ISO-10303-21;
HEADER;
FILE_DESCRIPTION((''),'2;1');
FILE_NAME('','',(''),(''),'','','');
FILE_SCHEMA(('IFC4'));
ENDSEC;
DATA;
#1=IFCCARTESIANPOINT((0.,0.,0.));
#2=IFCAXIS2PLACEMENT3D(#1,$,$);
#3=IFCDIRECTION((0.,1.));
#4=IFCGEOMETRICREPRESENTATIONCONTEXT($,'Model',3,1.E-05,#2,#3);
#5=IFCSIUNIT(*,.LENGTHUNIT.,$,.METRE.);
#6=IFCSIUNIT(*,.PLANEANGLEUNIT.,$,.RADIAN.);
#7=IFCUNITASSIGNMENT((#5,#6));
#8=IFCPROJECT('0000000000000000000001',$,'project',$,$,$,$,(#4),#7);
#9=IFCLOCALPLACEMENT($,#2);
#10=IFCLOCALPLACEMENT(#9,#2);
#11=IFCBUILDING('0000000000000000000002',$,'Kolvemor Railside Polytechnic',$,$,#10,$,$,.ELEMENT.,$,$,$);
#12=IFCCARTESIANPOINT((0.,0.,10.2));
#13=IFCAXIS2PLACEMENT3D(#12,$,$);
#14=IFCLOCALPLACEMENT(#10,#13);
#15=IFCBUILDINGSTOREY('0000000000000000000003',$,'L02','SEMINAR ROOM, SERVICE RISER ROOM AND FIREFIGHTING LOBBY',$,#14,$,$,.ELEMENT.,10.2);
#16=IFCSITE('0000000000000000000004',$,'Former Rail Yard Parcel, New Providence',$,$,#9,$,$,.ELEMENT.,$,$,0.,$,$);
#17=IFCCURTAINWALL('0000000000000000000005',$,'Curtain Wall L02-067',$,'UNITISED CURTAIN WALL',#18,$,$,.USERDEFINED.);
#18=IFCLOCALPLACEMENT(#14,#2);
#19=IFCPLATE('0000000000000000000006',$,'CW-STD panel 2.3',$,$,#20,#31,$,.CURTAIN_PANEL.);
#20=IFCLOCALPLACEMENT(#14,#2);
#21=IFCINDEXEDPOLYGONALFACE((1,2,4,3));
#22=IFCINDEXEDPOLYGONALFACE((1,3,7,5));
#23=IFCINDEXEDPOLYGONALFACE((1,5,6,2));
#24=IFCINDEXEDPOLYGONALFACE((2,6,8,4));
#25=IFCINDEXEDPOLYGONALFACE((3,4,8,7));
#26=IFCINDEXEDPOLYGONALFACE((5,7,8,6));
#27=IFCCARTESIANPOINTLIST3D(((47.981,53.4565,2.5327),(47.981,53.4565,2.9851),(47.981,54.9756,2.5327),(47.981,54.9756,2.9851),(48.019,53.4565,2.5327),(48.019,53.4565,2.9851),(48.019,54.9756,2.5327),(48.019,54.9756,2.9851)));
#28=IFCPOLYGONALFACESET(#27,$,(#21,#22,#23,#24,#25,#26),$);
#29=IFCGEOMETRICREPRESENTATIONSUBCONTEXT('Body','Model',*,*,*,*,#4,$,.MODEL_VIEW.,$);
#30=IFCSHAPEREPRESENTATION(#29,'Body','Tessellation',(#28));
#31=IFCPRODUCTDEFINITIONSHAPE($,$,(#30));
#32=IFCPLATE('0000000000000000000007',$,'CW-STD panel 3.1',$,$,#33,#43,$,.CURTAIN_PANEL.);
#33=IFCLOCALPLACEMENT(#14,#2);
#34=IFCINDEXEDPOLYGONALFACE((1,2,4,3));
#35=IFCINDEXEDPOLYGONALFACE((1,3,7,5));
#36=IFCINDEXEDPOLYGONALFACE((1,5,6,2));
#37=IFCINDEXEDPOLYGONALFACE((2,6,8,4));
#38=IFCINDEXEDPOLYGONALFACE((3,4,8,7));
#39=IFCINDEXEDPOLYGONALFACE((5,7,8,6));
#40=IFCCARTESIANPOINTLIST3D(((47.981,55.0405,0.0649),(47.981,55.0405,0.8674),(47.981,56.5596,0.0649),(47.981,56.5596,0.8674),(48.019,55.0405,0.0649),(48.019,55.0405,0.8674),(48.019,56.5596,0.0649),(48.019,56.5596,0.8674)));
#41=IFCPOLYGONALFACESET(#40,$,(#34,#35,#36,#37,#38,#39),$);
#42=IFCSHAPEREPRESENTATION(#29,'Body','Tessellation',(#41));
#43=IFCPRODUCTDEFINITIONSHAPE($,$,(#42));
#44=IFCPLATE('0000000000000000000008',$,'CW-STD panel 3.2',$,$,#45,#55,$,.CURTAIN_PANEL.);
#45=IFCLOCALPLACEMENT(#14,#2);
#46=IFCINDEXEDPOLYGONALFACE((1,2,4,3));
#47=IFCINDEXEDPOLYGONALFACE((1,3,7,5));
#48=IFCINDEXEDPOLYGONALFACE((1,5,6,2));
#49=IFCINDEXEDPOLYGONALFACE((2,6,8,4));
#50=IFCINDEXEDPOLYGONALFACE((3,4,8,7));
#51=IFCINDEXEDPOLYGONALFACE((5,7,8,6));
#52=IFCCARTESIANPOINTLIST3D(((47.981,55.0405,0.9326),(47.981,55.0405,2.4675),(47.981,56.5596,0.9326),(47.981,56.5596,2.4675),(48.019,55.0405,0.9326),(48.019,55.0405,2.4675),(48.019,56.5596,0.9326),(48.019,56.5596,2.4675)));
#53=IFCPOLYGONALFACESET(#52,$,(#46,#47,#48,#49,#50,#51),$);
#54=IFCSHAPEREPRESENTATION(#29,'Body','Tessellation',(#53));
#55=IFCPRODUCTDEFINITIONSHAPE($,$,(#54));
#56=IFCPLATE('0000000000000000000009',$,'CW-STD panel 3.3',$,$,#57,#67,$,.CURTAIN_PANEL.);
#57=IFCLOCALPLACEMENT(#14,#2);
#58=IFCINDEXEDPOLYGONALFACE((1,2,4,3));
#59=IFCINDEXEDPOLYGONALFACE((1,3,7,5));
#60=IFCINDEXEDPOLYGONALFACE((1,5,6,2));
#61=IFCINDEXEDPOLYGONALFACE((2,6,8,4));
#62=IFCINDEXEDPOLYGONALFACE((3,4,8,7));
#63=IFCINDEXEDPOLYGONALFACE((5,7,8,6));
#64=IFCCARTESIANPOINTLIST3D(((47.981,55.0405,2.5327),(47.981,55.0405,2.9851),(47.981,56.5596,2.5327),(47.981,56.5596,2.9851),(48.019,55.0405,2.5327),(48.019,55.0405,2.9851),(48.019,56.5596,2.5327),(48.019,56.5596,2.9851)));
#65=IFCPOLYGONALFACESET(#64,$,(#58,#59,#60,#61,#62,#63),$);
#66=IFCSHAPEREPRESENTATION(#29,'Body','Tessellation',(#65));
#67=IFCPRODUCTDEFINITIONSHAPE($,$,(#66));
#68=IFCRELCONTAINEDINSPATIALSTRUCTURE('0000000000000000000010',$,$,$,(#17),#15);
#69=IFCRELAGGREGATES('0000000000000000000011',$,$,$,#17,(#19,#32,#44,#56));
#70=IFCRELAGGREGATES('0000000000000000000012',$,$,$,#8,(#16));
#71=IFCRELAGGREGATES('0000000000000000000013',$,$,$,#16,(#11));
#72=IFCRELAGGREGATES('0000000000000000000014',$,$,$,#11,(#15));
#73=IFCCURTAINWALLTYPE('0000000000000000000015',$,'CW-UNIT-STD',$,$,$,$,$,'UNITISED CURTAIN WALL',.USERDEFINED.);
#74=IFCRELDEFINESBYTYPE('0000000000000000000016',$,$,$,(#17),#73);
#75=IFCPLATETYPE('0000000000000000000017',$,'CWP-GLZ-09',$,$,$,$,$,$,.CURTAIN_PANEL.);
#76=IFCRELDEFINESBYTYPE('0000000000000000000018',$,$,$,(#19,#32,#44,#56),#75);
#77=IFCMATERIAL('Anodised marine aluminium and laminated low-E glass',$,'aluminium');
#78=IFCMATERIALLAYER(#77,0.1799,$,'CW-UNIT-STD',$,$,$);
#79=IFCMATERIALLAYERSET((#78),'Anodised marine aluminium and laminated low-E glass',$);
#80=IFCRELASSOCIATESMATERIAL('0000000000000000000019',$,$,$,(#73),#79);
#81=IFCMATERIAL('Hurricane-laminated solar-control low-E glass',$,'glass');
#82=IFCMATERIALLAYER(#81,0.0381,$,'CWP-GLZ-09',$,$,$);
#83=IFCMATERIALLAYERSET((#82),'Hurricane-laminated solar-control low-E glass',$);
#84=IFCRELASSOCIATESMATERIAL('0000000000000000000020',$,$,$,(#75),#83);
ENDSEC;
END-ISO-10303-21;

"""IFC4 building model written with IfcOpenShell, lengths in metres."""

from ifc_helpers import new_model, si_unit, direction, frame, origin, origin_2d, place, context, subcontext, project, spatial, rectangle, extrude, material, layer, layer_set, type_object, element, aggregate, save


model = new_model("IFC4")

# Units and contexts
model_context = context("Model", 3, precision=1e-05, world=origin(), true_north=direction((0.0, 1.0)))
body_context = subcontext(model_context, "Body", "Model", "MODEL_VIEW")
ifc_project = project(units=[si_unit("LENGTHUNIT", "METRE"), si_unit("PLANEANGLEUNIT", "RADIAN")], contexts=[model_context])

# Site, building, storey
site_placement = place(None, origin())
site = spatial("IfcSite", under=ifc_project, at=site_placement, Name="Former Rail Yard Parcel, New Providence", CompositionType="ELEMENT", RefElevation=0.0)
building_placement = place(site_placement, origin())
building = spatial("IfcBuilding", under=site, at=building_placement, Name="Kolvemor Railside Polytechnic", CompositionType="ELEMENT")
storey_placement = place(building_placement, frame((0.0, 0.0, 10.2)))
storey = spatial("IfcBuildingStorey", under=building, at=storey_placement, Name="L02", Description="SEMINAR ROOM, SERVICE RISER ROOM AND FIREFIGHTING LOBBY", CompositionType="ELEMENT", Elevation=10.2)

# Shared definitions
ifc_material_1 = material(Name="Anodised marine aluminium and laminated low-E glass", Category="aluminium")
ifc_layer_1 = layer(ifc_material_1, 0.1799, Name="CW-UNIT-STD")
ifc_layer_set_1 = layer_set([ifc_layer_1], Name="Anodised marine aluminium and laminated low-E glass")
curtain_wall_type = type_object("IfcCurtainWallType", Name="CW-UNIT-STD", ElementType="UNITISED CURTAIN WALL", PredefinedType="USERDEFINED", material=ifc_layer_set_1)

# Curtain wall
curtain_wall_1_placement = place(storey_placement, origin())
curtain_wall_1 = element("IfcCurtainWall", 1, at=curtain_wall_1_placement, inside=storey, type_object=curtain_wall_type, Name="Curtain Wall L02-067", ObjectType="UNITISED CURTAIN WALL", PredefinedType="USERDEFINED")

# Plates
ifc_material_2 = material(Name="Hurricane-laminated solar-control low-E glass", Category="glass")
ifc_layer_2 = layer(ifc_material_2, 0.0381, Name="CWP-GLZ-09")
ifc_layer_set_2 = layer_set([ifc_layer_2], Name="Hurricane-laminated solar-control low-E glass")
plate_type_1 = type_object("IfcPlateType", Name="CWP-GLZ-09", PredefinedType="CURTAIN_PANEL", material=ifc_layer_set_2)
plate_1_placement = place(storey_placement, frame((48.0, 54.2161, 2.5327), z_axis=(0.0, 0.0, 1.0), x_axis=(0.0, 1.0, 0.0)))
plate_1 = element("IfcPlate", 2, at=plate_1_placement, type_object=plate_type_1, Name="CW-STD panel 2.3", PredefinedType="CURTAIN_PANEL", context=body_context, shape_type="SweptSolid", body=[
    extrude(rectangle(XDim=1.519, YDim=0.0381, at=origin_2d()), origin(), (0.0, 0.0, 1.0), 0.4524),
])
plate_2_placement = place(storey_placement, frame((48.0, 55.8, 0.0649), z_axis=(0.0, 0.0, 1.0), x_axis=(0.0, 1.0, 0.0)))
plate_2 = element("IfcPlate", 3, at=plate_2_placement, type_object=plate_type_1, Name="CW-STD panel 3.1", PredefinedType="CURTAIN_PANEL", context=body_context, shape_type="SweptSolid", body=[
    extrude(rectangle(XDim=1.519, YDim=0.0381, at=origin_2d()), origin(), (0.0, 0.0, 1.0), 0.8025),
])
plate_3_placement = place(storey_placement, frame((48.0, 55.8, 0.9326), z_axis=(0.0, 0.0, 1.0), x_axis=(0.0, 1.0, 0.0)))
plate_3 = element("IfcPlate", 4, at=plate_3_placement, type_object=plate_type_1, Name="CW-STD panel 3.2", PredefinedType="CURTAIN_PANEL", context=body_context, shape_type="SweptSolid", body=[
    extrude(rectangle(XDim=1.519, YDim=0.0381, at=origin_2d()), origin(), (0.0, 0.0, 1.0), 1.5349),
])
plate_4_placement = place(storey_placement, frame((48.0, 55.8, 2.5327), z_axis=(0.0, 0.0, 1.0), x_axis=(0.0, 1.0, 0.0)))
plate_4 = element("IfcPlate", 5, at=plate_4_placement, type_object=plate_type_1, Name="CW-STD panel 3.3", PredefinedType="CURTAIN_PANEL", context=body_context, shape_type="SweptSolid", body=[
    extrude(rectangle(XDim=1.519, YDim=0.0381, at=origin_2d()), origin(), (0.0, 0.0, 1.0), 0.4524),
])
aggregate(curtain_wall_1, [plate_1, plate_2, plate_3, plate_4])

save(model, "model.ifc")
